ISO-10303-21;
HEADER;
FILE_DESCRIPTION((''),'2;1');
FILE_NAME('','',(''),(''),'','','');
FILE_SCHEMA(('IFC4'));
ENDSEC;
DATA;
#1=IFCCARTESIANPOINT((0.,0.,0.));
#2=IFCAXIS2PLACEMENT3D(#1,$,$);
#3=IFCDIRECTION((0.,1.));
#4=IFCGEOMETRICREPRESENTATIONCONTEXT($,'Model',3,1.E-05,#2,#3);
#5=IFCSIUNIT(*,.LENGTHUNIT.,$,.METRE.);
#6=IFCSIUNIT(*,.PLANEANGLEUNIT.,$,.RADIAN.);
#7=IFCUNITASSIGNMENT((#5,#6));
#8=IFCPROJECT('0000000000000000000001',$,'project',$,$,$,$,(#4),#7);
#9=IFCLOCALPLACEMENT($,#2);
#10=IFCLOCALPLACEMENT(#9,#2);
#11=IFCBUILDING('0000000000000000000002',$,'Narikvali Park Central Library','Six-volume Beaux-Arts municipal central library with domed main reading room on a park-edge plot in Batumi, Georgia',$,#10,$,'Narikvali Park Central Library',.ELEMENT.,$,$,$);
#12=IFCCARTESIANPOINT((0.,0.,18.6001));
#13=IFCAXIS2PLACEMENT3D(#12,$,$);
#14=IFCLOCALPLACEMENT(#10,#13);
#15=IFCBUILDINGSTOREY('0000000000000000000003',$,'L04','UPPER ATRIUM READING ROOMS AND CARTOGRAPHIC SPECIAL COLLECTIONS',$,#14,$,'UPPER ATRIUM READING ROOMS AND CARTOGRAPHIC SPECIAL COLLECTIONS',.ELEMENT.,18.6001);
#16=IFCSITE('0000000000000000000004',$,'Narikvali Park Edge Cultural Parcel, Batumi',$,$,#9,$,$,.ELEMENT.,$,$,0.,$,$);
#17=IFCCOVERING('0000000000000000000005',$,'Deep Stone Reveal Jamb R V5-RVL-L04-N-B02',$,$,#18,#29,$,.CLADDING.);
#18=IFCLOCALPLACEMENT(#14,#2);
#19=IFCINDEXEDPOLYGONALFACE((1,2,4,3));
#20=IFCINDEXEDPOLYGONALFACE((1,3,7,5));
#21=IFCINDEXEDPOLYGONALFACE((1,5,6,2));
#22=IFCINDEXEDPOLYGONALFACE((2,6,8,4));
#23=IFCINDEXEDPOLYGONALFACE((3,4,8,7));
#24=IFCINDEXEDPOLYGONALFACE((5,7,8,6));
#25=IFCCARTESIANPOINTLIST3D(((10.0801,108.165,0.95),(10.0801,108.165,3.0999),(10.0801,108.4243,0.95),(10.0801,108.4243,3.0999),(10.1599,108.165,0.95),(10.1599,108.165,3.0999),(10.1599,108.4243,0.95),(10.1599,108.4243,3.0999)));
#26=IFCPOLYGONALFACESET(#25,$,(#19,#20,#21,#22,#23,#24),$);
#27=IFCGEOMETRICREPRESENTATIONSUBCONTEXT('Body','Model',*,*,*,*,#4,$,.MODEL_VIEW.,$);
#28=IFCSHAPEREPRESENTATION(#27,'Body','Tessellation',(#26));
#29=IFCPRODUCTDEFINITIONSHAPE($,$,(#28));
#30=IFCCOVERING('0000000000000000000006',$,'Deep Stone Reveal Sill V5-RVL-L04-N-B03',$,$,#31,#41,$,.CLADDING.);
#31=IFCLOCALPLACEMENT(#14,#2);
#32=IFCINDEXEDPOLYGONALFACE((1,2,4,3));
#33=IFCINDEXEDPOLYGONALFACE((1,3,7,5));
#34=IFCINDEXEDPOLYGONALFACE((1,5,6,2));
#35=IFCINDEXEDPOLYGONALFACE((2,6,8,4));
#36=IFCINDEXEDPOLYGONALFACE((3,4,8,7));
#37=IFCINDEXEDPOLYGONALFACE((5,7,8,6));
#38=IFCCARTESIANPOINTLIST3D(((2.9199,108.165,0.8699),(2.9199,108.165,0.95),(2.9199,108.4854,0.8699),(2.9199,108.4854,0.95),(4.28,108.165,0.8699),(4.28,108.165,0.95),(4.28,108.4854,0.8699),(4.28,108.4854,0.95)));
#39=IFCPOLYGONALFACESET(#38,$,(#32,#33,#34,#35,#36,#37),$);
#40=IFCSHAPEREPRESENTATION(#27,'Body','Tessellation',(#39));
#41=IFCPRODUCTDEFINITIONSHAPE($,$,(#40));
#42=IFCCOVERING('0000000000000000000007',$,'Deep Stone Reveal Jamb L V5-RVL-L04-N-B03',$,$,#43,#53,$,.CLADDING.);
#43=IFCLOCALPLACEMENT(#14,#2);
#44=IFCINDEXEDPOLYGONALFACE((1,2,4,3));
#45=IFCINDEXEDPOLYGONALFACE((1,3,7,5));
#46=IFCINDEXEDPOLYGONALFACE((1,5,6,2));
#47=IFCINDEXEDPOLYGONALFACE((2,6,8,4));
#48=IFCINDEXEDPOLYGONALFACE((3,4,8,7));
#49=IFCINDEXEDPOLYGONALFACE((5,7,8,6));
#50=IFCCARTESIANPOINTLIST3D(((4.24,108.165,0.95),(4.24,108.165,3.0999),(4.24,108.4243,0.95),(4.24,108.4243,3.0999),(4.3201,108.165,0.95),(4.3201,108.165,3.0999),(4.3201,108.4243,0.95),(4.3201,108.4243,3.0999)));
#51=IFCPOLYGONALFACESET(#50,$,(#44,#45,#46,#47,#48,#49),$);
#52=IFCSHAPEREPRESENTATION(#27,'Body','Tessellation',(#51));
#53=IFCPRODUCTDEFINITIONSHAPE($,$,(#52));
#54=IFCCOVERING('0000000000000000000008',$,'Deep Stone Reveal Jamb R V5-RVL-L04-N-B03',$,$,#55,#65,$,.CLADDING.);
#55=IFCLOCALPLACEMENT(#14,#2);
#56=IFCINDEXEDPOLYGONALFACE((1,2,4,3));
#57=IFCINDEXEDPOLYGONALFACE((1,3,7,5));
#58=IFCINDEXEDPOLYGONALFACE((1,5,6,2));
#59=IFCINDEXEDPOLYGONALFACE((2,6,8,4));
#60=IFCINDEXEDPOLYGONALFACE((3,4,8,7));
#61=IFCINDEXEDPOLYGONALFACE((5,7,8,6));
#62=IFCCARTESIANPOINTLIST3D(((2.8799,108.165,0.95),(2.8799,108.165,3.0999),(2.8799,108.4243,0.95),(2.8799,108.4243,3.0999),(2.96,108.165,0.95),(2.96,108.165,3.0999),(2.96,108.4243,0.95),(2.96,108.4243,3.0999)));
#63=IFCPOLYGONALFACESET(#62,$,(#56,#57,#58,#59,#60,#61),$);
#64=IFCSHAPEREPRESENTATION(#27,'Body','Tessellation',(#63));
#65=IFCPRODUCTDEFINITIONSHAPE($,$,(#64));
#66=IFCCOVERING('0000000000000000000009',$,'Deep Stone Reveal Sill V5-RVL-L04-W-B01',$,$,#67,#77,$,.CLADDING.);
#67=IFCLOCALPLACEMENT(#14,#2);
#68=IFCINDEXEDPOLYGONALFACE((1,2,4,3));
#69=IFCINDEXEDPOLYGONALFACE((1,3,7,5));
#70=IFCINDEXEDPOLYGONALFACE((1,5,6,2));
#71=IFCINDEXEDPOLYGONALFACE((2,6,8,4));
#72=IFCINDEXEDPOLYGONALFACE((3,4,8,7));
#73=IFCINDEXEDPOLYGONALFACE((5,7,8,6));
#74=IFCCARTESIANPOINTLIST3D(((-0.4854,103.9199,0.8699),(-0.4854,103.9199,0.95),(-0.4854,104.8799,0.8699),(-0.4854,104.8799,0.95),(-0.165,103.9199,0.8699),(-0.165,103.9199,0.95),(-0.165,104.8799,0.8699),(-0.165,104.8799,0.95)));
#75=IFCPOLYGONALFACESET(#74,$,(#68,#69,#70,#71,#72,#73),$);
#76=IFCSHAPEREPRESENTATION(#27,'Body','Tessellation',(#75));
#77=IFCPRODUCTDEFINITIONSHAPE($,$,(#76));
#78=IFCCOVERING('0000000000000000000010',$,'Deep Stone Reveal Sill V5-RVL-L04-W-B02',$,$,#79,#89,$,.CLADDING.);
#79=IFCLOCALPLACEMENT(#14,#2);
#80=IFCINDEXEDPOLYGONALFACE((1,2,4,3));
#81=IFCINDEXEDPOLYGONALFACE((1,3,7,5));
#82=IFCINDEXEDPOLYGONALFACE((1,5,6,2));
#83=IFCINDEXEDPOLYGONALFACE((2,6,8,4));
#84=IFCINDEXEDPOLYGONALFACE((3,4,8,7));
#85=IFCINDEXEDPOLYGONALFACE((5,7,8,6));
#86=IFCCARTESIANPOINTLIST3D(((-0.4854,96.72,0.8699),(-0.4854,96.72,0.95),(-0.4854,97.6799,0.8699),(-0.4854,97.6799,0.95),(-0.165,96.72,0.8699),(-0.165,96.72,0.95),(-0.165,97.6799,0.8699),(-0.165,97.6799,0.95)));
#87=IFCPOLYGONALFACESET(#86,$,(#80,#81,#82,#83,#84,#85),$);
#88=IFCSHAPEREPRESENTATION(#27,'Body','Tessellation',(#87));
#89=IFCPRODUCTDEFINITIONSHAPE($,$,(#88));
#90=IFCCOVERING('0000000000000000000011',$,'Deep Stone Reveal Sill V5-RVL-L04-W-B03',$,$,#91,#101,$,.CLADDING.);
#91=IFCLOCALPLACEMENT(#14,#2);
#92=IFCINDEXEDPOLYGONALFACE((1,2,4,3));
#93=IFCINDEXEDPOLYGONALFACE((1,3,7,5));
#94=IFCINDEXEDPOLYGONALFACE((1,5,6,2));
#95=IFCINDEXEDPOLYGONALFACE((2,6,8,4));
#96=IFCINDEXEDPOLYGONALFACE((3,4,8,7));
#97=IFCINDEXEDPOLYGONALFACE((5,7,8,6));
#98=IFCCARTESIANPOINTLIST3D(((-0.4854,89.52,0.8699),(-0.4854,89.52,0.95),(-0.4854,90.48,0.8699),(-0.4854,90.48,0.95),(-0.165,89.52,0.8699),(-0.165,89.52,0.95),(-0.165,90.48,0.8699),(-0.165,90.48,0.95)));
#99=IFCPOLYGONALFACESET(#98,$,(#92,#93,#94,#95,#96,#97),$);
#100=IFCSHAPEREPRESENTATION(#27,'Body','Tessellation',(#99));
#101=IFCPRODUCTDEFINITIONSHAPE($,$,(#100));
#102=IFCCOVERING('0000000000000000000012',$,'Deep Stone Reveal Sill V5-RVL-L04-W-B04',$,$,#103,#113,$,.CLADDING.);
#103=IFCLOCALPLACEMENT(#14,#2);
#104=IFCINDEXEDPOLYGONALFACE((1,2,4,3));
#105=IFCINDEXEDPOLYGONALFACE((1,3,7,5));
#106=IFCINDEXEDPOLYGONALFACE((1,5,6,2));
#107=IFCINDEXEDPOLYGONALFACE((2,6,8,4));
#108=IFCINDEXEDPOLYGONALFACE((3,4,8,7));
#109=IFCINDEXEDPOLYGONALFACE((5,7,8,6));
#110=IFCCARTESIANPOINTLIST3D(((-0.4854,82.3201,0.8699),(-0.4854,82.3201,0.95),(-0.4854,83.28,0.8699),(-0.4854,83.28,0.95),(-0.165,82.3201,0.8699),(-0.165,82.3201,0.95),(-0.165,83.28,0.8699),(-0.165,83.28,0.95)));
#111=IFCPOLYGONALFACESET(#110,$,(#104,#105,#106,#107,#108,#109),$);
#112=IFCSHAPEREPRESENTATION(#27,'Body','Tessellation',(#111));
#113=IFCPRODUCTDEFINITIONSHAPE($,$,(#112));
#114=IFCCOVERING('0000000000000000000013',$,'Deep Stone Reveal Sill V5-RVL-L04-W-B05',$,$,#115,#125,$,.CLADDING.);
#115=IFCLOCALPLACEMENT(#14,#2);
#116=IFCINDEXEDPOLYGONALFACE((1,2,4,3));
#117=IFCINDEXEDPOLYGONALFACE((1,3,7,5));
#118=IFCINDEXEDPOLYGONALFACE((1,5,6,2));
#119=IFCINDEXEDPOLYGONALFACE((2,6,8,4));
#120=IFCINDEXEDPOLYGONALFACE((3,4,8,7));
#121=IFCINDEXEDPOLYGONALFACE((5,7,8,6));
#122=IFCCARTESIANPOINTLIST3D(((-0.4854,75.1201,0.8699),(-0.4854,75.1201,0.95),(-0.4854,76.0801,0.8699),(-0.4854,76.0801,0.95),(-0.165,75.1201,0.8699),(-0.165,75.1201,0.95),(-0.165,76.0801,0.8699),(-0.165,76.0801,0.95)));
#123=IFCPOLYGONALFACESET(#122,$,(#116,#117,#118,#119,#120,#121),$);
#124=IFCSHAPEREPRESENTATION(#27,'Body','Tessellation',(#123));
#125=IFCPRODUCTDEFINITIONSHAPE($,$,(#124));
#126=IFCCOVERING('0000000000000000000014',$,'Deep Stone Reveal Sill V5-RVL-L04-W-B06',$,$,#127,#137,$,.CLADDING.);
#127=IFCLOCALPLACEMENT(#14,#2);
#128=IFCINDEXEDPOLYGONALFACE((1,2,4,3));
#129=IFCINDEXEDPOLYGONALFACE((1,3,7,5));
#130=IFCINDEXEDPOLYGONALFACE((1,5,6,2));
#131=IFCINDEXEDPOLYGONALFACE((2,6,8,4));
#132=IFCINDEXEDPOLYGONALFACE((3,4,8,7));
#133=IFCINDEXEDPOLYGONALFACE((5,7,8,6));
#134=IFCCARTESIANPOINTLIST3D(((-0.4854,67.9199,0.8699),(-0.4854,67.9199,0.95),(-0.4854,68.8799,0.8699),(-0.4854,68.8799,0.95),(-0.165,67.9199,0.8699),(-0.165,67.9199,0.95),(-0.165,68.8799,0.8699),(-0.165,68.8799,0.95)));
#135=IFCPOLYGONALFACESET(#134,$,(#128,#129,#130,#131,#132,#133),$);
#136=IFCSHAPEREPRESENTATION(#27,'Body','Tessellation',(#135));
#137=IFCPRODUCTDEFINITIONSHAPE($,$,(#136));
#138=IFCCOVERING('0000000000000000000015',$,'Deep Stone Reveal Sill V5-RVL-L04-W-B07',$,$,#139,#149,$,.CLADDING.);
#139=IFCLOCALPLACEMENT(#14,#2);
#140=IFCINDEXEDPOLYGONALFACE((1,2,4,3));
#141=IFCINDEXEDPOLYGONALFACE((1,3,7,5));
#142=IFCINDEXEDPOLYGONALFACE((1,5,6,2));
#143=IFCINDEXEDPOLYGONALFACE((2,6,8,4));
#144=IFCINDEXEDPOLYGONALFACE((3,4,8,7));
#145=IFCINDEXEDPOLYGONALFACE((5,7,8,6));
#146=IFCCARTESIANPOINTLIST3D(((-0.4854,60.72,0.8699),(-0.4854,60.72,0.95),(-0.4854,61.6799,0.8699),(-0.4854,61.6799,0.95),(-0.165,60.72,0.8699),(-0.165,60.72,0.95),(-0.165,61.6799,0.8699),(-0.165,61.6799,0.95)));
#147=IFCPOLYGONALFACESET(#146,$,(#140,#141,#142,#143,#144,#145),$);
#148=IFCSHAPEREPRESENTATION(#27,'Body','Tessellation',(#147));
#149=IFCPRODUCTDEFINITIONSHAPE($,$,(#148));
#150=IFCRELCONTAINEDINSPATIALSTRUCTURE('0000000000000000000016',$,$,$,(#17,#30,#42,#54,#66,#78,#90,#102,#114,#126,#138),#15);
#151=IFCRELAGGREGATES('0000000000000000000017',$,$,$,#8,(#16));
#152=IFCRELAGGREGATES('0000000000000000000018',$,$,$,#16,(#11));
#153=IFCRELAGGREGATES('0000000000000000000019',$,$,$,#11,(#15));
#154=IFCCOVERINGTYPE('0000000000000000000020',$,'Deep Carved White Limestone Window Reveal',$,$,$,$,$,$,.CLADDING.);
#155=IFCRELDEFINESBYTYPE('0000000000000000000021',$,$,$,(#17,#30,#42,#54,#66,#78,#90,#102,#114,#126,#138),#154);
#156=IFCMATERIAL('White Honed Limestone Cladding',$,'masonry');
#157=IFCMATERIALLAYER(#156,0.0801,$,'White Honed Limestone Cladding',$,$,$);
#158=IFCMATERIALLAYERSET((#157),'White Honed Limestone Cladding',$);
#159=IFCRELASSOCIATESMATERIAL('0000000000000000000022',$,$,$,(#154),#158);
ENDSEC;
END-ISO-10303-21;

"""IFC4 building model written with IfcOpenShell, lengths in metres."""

from ifc_helpers import new_model, si_unit, direction, frame, origin, place, context, subcontext, project, spatial, polyline, outline, extrude, material, layer, layer_set, type_object, element, save


model = new_model("IFC4")

# Units and contexts
model_context = context("Model", 3, precision=1e-05, world=origin(), true_north=direction((0.0, 1.0)))
body_context = subcontext(model_context, "Body", "Model", "MODEL_VIEW")
ifc_project = project(units=[si_unit("LENGTHUNIT", "METRE"), si_unit("PLANEANGLEUNIT", "RADIAN")], contexts=[model_context])

# Site, building, storey
site_placement = place(None, origin())
site = spatial("IfcSite", under=ifc_project, at=site_placement, Name="Narikvali Park Edge Cultural Parcel, Batumi", CompositionType="ELEMENT", RefElevation=0.0)
building_placement = place(site_placement, origin())
building = spatial("IfcBuilding", under=site, at=building_placement, Name="Narikvali Park Central Library", Description="Six-volume Beaux-Arts municipal central library with domed main reading room on a park-edge plot in Batumi, Georgia", LongName="Narikvali Park Central Library", CompositionType="ELEMENT")
storey_placement = place(building_placement, frame((0.0, 0.0, 18.6001)))
storey = spatial("IfcBuildingStorey", under=building, at=storey_placement, Name="L04", Description="UPPER ATRIUM READING ROOMS AND CARTOGRAPHIC SPECIAL COLLECTIONS", LongName="UPPER ATRIUM READING ROOMS AND CARTOGRAPHIC SPECIAL COLLECTIONS", CompositionType="ELEMENT", Elevation=18.6001)

# Coverings
ifc_material = material(Name="White Honed Limestone Cladding", Category="masonry")
ifc_layer = layer(ifc_material, 0.0801, Name="White Honed Limestone Cladding")
ifc_layer_set = layer_set([ifc_layer], Name="White Honed Limestone Cladding")
covering_type = type_object("IfcCoveringType", Name="Deep Carved White Limestone Window Reveal", PredefinedType="CLADDING", material=ifc_layer_set)
covering_1_placement = place(storey_placement, frame((0.0, 0.0, 0.95)))
element("IfcCovering", 1, at=covering_1_placement, inside=storey, type_object=covering_type, Name="Deep Stone Reveal Jamb R V5-RVL-L04-N-B02", PredefinedType="CLADDING", context=body_context, shape_type="SweptSolid", body=[
    extrude(outline(polyline([(10.1599, 108.165), (10.0801, 108.165), (10.0801, 108.4243), (10.1599, 108.4243), (10.1599, 108.165)])), origin(), (0.0, 0.0, 1.0), 2.1499),
])
covering_2_placement = place(storey_placement, frame((0.0, 0.0, 0.8699)))
element("IfcCovering", 2, at=covering_2_placement, inside=storey, type_object=covering_type, Name="Deep Stone Reveal Sill V5-RVL-L04-N-B03", PredefinedType="CLADDING", context=body_context, shape_type="SweptSolid", body=[
    extrude(outline(polyline([(4.28, 108.165), (2.9199, 108.165), (2.9199, 108.4854), (4.28, 108.4854), (4.28, 108.165)])), origin(), (0.0, 0.0, 1.0), 0.0801),
])
covering_3_placement = place(storey_placement, frame((0.0, 0.0, 0.95)))
element("IfcCovering", 3, at=covering_3_placement, inside=storey, type_object=covering_type, Name="Deep Stone Reveal Jamb L V5-RVL-L04-N-B03", PredefinedType="CLADDING", context=body_context, shape_type="SweptSolid", body=[
    extrude(outline(polyline([(4.3201, 108.165), (4.24, 108.165), (4.24, 108.4243), (4.3201, 108.4243), (4.3201, 108.165)])), origin(), (0.0, 0.0, 1.0), 2.1499),
])
covering_4_placement = place(storey_placement, frame((0.0, 0.0, 0.95)))
element("IfcCovering", 4, at=covering_4_placement, inside=storey, type_object=covering_type, Name="Deep Stone Reveal Jamb R V5-RVL-L04-N-B03", PredefinedType="CLADDING", context=body_context, shape_type="SweptSolid", body=[
    extrude(outline(polyline([(2.96, 108.165), (2.8799, 108.165), (2.8799, 108.4243), (2.96, 108.4243), (2.96, 108.165)])), origin(), (0.0, 0.0, 1.0), 2.1499),
])
covering_5_placement = place(storey_placement, frame((0.0, 0.0, 0.8699)))
element("IfcCovering", 5, at=covering_5_placement, inside=storey, type_object=covering_type, Name="Deep Stone Reveal Sill V5-RVL-L04-W-B01", PredefinedType="CLADDING", context=body_context, shape_type="SweptSolid", body=[
    extrude(outline(polyline([(-0.165, 104.8799), (-0.165, 103.9199), (-0.4854, 103.9199), (-0.4854, 104.8799), (-0.165, 104.8799)])), origin(), (0.0, 0.0, 1.0), 0.0801),
])
covering_6_placement = place(storey_placement, frame((0.0, 0.0, 0.8699)))
element("IfcCovering", 6, at=covering_6_placement, inside=storey, type_object=covering_type, Name="Deep Stone Reveal Sill V5-RVL-L04-W-B02", PredefinedType="CLADDING", context=body_context, shape_type="SweptSolid", body=[
    extrude(outline(polyline([(-0.165, 97.6799), (-0.165, 96.72), (-0.4854, 96.72), (-0.4854, 97.6799), (-0.165, 97.6799)])), origin(), (0.0, 0.0, 1.0), 0.0801),
])
covering_7_placement = place(storey_placement, frame((0.0, 0.0, 0.8699)))
element("IfcCovering", 7, at=covering_7_placement, inside=storey, type_object=covering_type, Name="Deep Stone Reveal Sill V5-RVL-L04-W-B03", PredefinedType="CLADDING", context=body_context, shape_type="SweptSolid", body=[
    extrude(outline(polyline([(-0.165, 90.48), (-0.165, 89.52), (-0.4854, 89.52), (-0.4854, 90.48), (-0.165, 90.48)])), origin(), (0.0, 0.0, 1.0), 0.0801),
])
covering_8_placement = place(storey_placement, frame((0.0, 0.0, 0.8699)))
element("IfcCovering", 8, at=covering_8_placement, inside=storey, type_object=covering_type, Name="Deep Stone Reveal Sill V5-RVL-L04-W-B04", PredefinedType="CLADDING", context=body_context, shape_type="SweptSolid", body=[
    extrude(outline(polyline([(-0.165, 83.28), (-0.165, 82.3201), (-0.4854, 82.3201), (-0.4854, 83.28), (-0.165, 83.28)])), origin(), (0.0, 0.0, 1.0), 0.0801),
])
covering_9_placement = place(storey_placement, frame((0.0, 0.0, 0.8699)))
element("IfcCovering", 9, at=covering_9_placement, inside=storey, type_object=covering_type, Name="Deep Stone Reveal Sill V5-RVL-L04-W-B05", PredefinedType="CLADDING", context=body_context, shape_type="SweptSolid", body=[
    extrude(outline(polyline([(-0.165, 76.0801), (-0.165, 75.1201), (-0.4854, 75.1201), (-0.4854, 76.0801), (-0.165, 76.0801)])), origin(), (0.0, 0.0, 1.0), 0.0801),
])
covering_10_placement = place(storey_placement, frame((0.0, 0.0, 0.8699)))
element("IfcCovering", 10, at=covering_10_placement, inside=storey, type_object=covering_type, Name="Deep Stone Reveal Sill V5-RVL-L04-W-B06", PredefinedType="CLADDING", context=body_context, shape_type="SweptSolid", body=[
    extrude(outline(polyline([(-0.165, 68.8799), (-0.165, 67.9199), (-0.4854, 67.9199), (-0.4854, 68.8799), (-0.165, 68.8799)])), origin(), (0.0, 0.0, 1.0), 0.0801),
])
covering_11_placement = place(storey_placement, frame((0.0, 0.0, 0.8699)))
element("IfcCovering", 11, at=covering_11_placement, inside=storey, type_object=covering_type, Name="Deep Stone Reveal Sill V5-RVL-L04-W-B07", PredefinedType="CLADDING", context=body_context, shape_type="SweptSolid", body=[
    extrude(outline(polyline([(-0.165, 61.6799), (-0.165, 60.72), (-0.4854, 60.72), (-0.4854, 61.6799), (-0.165, 61.6799)])), origin(), (0.0, 0.0, 1.0), 0.0801),
])

save(model, "model.ifc")
